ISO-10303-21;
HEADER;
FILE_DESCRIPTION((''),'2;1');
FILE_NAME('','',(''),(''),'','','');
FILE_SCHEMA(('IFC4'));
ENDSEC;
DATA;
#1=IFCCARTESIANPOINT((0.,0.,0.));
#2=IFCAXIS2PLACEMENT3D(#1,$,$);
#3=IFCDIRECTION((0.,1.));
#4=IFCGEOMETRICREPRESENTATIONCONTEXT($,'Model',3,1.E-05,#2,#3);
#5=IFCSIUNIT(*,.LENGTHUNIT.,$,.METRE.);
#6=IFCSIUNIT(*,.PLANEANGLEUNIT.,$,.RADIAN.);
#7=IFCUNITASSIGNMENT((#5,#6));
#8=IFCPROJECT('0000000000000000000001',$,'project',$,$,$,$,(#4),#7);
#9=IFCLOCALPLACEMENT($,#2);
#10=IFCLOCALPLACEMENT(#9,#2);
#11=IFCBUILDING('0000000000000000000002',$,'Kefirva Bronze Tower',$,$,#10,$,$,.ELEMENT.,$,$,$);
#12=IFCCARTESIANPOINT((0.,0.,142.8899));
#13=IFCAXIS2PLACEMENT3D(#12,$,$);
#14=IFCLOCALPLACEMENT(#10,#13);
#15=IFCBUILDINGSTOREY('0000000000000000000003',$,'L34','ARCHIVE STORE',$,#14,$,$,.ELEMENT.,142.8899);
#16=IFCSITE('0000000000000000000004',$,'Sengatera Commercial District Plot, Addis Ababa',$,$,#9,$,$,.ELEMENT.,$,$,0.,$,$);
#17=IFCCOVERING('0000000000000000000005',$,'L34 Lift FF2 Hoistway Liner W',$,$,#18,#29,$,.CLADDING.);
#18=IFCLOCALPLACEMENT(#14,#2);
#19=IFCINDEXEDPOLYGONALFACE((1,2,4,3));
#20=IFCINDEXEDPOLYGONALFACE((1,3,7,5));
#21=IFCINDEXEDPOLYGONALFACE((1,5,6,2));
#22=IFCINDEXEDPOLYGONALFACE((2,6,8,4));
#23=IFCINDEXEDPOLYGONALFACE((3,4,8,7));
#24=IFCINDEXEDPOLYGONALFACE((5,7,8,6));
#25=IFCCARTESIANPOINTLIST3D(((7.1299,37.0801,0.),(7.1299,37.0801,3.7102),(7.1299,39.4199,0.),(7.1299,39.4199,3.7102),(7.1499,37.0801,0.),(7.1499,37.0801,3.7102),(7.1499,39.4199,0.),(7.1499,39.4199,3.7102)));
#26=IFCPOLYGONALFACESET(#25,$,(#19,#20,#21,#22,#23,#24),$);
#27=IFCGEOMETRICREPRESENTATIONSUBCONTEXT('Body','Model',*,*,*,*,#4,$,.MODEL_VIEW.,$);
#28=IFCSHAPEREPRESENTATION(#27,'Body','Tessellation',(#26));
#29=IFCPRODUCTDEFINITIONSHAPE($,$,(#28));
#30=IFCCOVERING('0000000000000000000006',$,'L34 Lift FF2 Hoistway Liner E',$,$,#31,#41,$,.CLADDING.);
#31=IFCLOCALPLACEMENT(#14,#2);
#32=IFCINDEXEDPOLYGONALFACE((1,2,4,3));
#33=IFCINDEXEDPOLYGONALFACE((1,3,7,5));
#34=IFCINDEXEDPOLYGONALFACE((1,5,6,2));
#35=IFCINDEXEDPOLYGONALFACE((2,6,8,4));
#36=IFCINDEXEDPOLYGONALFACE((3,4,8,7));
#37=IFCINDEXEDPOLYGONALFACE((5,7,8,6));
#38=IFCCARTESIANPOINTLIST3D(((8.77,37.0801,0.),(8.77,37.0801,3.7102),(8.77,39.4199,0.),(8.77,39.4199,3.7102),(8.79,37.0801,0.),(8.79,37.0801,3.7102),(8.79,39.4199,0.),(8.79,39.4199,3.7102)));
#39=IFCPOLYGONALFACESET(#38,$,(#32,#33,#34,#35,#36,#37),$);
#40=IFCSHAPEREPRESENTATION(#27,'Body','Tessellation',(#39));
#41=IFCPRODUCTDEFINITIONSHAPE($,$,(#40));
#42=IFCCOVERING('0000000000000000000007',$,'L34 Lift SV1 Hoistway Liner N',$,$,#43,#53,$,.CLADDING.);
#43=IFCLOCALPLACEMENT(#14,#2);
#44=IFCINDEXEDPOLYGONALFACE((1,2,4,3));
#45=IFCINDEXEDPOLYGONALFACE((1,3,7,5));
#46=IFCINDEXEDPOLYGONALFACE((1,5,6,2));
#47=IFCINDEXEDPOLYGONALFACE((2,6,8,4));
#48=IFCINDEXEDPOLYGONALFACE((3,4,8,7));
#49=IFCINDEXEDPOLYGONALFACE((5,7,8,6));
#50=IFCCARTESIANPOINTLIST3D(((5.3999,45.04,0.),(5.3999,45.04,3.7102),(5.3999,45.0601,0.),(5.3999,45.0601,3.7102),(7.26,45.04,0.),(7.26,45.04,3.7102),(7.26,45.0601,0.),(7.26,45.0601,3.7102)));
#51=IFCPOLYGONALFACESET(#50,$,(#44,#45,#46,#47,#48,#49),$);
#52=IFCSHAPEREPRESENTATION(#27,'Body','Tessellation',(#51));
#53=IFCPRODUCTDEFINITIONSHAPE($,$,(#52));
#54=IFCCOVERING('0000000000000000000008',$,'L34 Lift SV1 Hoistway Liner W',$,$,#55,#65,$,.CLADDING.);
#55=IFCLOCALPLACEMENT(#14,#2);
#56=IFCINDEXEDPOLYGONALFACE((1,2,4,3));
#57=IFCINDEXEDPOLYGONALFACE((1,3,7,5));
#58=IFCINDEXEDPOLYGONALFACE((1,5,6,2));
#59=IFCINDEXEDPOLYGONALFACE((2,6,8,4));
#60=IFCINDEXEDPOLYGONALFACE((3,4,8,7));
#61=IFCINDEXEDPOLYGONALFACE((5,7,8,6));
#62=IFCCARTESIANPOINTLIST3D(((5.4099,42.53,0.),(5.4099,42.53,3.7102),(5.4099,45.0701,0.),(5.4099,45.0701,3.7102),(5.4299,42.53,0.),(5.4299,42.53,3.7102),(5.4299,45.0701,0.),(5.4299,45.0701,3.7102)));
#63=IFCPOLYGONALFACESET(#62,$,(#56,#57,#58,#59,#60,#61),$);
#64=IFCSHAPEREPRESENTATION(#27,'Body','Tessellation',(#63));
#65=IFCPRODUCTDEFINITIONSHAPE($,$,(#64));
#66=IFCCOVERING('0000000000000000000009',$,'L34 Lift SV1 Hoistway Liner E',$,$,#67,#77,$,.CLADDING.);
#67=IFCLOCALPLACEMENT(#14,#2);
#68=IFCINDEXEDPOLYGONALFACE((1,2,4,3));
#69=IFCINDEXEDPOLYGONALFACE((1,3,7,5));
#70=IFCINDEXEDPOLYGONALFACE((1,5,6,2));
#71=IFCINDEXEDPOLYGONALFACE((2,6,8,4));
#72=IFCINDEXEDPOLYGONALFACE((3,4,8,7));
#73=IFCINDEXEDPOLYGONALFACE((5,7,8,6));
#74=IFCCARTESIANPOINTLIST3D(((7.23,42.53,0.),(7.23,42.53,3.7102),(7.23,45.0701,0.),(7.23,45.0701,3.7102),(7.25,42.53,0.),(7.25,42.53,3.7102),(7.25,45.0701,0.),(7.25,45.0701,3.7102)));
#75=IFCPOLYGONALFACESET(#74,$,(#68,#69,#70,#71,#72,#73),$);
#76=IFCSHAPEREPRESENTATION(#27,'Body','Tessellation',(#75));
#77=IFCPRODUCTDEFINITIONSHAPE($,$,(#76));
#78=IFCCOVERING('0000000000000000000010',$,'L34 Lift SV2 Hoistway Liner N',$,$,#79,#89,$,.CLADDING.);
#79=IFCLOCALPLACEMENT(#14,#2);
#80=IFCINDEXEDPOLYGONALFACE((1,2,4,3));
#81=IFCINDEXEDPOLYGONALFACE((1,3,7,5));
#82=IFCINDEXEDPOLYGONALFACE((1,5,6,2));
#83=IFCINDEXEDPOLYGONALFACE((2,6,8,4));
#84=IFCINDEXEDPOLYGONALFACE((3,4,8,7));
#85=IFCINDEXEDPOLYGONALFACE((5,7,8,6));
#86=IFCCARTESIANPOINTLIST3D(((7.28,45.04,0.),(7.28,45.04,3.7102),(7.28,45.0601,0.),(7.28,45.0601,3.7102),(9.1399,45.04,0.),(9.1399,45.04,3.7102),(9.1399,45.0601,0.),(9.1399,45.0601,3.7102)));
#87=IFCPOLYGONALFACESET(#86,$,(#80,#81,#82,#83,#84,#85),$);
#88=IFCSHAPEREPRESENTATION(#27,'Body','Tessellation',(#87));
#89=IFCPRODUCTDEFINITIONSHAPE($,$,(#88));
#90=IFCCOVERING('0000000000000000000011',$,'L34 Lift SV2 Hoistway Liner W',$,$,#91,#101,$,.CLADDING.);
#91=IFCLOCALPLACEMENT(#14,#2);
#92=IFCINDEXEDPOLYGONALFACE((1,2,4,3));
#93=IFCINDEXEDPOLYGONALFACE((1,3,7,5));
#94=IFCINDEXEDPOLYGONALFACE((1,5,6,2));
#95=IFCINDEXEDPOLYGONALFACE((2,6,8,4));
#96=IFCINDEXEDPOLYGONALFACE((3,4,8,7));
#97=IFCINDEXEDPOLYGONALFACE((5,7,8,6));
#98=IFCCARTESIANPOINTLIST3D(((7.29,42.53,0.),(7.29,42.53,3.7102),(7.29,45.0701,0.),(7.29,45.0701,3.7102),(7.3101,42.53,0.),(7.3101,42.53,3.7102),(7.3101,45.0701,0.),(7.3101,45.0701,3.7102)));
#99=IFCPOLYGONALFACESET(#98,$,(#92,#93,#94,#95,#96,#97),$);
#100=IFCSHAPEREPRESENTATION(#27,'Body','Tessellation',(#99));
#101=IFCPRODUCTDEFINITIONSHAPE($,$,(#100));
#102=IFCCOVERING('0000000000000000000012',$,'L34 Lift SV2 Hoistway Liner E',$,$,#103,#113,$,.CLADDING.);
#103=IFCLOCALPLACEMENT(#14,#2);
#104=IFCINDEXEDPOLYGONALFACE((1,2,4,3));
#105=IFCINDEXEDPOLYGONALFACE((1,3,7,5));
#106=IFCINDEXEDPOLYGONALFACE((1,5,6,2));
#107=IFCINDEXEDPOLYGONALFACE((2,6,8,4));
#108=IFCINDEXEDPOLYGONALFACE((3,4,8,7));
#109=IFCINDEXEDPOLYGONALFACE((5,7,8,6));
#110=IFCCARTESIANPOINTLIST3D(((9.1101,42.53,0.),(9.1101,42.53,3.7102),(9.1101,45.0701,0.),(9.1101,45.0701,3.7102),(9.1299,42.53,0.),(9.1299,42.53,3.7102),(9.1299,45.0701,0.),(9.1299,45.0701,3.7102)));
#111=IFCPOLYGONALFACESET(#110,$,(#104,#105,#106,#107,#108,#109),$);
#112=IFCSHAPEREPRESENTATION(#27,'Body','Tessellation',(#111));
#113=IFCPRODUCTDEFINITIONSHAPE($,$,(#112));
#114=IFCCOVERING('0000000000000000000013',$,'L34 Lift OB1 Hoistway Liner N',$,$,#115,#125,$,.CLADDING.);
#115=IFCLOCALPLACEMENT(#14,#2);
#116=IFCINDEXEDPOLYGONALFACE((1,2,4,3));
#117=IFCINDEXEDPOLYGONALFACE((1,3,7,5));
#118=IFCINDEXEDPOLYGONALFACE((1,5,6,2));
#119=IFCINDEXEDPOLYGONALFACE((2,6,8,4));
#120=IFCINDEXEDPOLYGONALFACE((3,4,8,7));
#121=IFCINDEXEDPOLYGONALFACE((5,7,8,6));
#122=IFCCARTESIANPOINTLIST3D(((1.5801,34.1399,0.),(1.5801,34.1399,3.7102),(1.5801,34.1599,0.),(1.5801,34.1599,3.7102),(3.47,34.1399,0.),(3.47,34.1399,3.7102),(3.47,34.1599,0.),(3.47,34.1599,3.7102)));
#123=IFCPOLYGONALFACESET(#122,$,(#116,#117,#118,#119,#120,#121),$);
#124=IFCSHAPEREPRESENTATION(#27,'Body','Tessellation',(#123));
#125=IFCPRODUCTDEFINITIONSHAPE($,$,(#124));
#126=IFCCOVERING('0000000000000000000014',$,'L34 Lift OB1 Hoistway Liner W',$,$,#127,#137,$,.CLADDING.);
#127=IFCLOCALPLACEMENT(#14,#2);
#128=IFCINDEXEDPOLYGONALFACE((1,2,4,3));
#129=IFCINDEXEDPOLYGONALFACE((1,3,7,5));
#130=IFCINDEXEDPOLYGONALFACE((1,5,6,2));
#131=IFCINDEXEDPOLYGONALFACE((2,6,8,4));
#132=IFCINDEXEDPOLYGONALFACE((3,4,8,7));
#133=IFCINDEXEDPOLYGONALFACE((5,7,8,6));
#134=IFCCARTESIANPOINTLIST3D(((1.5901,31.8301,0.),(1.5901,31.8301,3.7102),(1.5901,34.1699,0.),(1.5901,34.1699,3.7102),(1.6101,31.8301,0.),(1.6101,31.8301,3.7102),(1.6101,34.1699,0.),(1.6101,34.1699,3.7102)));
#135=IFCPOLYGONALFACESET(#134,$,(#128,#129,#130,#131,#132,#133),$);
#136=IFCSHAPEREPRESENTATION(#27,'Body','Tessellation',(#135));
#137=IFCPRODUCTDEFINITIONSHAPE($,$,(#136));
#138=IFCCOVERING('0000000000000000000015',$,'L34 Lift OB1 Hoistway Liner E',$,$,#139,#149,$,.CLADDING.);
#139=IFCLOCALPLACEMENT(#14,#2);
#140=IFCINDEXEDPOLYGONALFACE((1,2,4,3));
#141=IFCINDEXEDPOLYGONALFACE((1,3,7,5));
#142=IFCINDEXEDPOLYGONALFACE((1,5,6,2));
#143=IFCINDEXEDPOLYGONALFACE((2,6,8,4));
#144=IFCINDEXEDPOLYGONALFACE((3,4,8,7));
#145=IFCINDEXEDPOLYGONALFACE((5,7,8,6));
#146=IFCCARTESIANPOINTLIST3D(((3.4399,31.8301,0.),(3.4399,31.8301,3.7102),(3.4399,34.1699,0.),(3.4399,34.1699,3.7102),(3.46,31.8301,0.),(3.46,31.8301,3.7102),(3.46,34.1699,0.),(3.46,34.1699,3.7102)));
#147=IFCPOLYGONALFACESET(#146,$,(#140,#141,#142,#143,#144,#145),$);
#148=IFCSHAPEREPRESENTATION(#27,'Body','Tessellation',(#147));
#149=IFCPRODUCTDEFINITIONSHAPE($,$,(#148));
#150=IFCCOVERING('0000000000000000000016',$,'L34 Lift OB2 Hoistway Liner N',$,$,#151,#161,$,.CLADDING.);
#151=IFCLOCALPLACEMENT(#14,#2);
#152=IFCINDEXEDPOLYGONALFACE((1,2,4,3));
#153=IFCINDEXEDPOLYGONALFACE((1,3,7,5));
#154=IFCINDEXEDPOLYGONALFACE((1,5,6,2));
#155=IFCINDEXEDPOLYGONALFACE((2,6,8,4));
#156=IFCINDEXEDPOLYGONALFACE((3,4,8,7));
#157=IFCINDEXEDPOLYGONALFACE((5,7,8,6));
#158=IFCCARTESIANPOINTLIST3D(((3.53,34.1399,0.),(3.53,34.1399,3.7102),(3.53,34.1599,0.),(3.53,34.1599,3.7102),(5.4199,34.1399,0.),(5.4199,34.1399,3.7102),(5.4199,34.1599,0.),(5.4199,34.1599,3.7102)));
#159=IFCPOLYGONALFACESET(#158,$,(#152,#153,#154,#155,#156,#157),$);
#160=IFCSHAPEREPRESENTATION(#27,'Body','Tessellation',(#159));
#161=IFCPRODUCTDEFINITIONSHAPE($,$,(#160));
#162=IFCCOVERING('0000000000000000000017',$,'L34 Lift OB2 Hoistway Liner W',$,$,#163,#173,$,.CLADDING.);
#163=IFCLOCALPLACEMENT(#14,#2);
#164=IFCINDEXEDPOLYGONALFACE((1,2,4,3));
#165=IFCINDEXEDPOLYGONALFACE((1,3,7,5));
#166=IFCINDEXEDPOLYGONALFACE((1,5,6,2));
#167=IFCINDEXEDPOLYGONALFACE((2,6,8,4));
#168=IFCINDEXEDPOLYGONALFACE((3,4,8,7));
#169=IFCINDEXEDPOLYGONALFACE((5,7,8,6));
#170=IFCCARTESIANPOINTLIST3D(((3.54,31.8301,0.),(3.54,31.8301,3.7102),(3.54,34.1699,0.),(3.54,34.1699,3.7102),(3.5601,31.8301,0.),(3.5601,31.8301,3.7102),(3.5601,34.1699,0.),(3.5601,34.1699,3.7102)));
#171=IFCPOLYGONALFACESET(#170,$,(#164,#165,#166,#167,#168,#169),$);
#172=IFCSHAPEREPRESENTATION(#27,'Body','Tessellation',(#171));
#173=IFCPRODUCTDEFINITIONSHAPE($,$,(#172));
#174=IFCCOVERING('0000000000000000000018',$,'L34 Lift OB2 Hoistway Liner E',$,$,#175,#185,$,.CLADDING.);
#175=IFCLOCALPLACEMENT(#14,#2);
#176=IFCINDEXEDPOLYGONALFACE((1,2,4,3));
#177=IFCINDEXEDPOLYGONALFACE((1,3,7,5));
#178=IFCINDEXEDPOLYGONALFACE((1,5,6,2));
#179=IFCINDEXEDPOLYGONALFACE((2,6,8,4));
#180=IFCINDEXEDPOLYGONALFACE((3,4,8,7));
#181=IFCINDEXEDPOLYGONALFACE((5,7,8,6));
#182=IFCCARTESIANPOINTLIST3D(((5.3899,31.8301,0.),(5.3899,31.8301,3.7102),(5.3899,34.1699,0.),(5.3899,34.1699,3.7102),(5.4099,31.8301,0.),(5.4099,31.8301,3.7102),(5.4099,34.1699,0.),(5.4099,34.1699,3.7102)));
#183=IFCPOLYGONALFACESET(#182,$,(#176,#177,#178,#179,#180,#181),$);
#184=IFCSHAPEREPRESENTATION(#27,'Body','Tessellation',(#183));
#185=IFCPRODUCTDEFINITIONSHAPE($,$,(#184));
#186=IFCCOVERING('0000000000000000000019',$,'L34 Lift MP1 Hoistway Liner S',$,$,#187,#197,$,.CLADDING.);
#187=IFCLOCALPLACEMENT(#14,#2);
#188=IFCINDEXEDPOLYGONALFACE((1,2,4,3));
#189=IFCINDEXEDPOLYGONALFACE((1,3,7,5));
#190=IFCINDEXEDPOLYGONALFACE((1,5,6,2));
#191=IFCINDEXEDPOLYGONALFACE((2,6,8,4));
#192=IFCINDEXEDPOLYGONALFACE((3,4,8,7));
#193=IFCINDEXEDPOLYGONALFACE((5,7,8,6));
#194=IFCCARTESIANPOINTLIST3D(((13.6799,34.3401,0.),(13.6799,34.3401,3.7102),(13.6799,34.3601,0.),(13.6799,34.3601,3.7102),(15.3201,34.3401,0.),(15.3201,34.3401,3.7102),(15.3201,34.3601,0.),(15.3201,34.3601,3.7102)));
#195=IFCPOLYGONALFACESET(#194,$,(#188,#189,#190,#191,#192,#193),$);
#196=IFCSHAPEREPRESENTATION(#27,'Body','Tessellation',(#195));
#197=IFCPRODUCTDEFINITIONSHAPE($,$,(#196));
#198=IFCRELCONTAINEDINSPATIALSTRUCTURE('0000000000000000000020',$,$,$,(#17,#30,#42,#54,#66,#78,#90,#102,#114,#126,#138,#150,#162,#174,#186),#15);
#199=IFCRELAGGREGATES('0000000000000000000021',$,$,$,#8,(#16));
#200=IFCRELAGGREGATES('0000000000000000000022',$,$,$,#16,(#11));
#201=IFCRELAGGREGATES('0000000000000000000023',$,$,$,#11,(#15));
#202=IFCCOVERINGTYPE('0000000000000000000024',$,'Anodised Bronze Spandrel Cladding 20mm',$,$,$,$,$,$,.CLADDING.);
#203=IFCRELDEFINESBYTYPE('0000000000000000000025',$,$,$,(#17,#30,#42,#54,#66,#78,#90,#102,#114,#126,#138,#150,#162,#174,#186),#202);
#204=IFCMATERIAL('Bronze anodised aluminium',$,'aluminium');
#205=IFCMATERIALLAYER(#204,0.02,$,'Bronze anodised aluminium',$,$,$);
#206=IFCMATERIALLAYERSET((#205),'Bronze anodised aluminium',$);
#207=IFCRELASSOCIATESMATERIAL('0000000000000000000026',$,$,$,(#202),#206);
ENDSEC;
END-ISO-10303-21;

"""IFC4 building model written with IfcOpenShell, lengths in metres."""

from ifc_helpers import new_model, si_unit, direction, frame, origin, place, context, subcontext, project, spatial, polyline, outline, extrude, material, layer, layer_set, type_object, element, save


model = new_model("IFC4")

# Units and contexts
model_context = context("Model", 3, precision=1e-05, world=origin(), true_north=direction((0.0, 1.0)))
body_context = subcontext(model_context, "Body", "Model", "MODEL_VIEW")
ifc_project = project(units=[si_unit("LENGTHUNIT", "METRE"), si_unit("PLANEANGLEUNIT", "RADIAN")], contexts=[model_context])

# Site, building, storey
site_placement = place(None, origin())
site = spatial("IfcSite", under=ifc_project, at=site_placement, Name="Sengatera Commercial District Plot, Addis Ababa", CompositionType="ELEMENT", RefElevation=0.0)
building_placement = place(site_placement, origin())
building = spatial("IfcBuilding", under=site, at=building_placement, Name="Kefirva Bronze Tower", CompositionType="ELEMENT")
storey_placement = place(building_placement, frame((0.0, 0.0, 142.8899)))
storey = spatial("IfcBuildingStorey", under=building, at=storey_placement, Name="L34", Description="ARCHIVE STORE", CompositionType="ELEMENT", Elevation=142.8899)

# Coverings
ifc_material_1 = material(Name="Bronze anodised aluminium", Category="aluminium")
ifc_layer_1 = layer(ifc_material_1, 0.02, Name="Bronze anodised aluminium")
ifc_layer_set_1 = layer_set([ifc_layer_1], Name="Bronze anodised aluminium")
covering_type = type_object("IfcCoveringType", Name="Anodised Bronze Spandrel Cladding 20mm", PredefinedType="CLADDING", material=ifc_layer_set_1)
covering_1_placement = place(storey_placement, origin())
element("IfcCovering", 1, at=covering_1_placement, inside=storey, type_object=covering_type, Name="L34 Lift FF2 Hoistway Liner W", PredefinedType="CLADDING", context=body_context, shape_type="SweptSolid", body=[
    extrude(outline(polyline([(7.1299, 37.0801), (7.1499, 37.0801), (7.1499, 39.4199), (7.1299, 39.4199), (7.1299, 37.0801)])), origin(), (0.0, 0.0, 1.0), 3.7102),
])
covering_2_placement = place(storey_placement, origin())
element("IfcCovering", 2, at=covering_2_placement, inside=storey, type_object=covering_type, Name="L34 Lift FF2 Hoistway Liner E", PredefinedType="CLADDING", context=body_context, shape_type="SweptSolid", body=[
    extrude(outline(polyline([(8.77, 37.0801), (8.79, 37.0801), (8.79, 39.4199), (8.77, 39.4199), (8.77, 37.0801)])), origin(), (0.0, 0.0, 1.0), 3.7102),
])
covering_3_placement = place(storey_placement, origin())
element("IfcCovering", 3, at=covering_3_placement, inside=storey, type_object=covering_type, Name="L34 Lift SV1 Hoistway Liner N", PredefinedType="CLADDING", context=body_context, shape_type="SweptSolid", body=[
    extrude(outline(polyline([(5.3999, 45.04), (7.26, 45.04), (7.26, 45.0601), (5.3999, 45.0601), (5.3999, 45.04)])), origin(), (0.0, 0.0, 1.0), 3.7102),
])
covering_4_placement = place(storey_placement, origin())
element("IfcCovering", 4, at=covering_4_placement, inside=storey, type_object=covering_type, Name="L34 Lift SV1 Hoistway Liner W", PredefinedType="CLADDING", context=body_context, shape_type="SweptSolid", body=[
    extrude(outline(polyline([(5.4099, 42.53), (5.4299, 42.53), (5.4299, 45.0701), (5.4099, 45.0701), (5.4099, 42.53)])), origin(), (0.0, 0.0, 1.0), 3.7102),
])
covering_5_placement = place(storey_placement, origin())
element("IfcCovering", 5, at=covering_5_placement, inside=storey, type_object=covering_type, Name="L34 Lift SV1 Hoistway Liner E", PredefinedType="CLADDING", context=body_context, shape_type="SweptSolid", body=[
    extrude(outline(polyline([(7.23, 42.53), (7.25, 42.53), (7.25, 45.0701), (7.23, 45.0701), (7.23, 42.53)])), origin(), (0.0, 0.0, 1.0), 3.7102),
])
covering_6_placement = place(storey_placement, origin())
element("IfcCovering", 6, at=covering_6_placement, inside=storey, type_object=covering_type, Name="L34 Lift SV2 Hoistway Liner N", PredefinedType="CLADDING", context=body_context, shape_type="SweptSolid", body=[
    extrude(outline(polyline([(7.28, 45.04), (9.1399, 45.04), (9.1399, 45.0601), (7.28, 45.0601), (7.28, 45.04)])), origin(), (0.0, 0.0, 1.0), 3.7102),
])
covering_7_placement = place(storey_placement, origin())
element("IfcCovering", 7, at=covering_7_placement, inside=storey, type_object=covering_type, Name="L34 Lift SV2 Hoistway Liner W", PredefinedType="CLADDING", context=body_context, shape_type="SweptSolid", body=[
    extrude(outline(polyline([(7.29, 42.53), (7.3101, 42.53), (7.3101, 45.0701), (7.29, 45.0701), (7.29, 42.53)])), origin(), (0.0, 0.0, 1.0), 3.7102),
])
covering_8_placement = place(storey_placement, origin())
element("IfcCovering", 8, at=covering_8_placement, inside=storey, type_object=covering_type, Name="L34 Lift SV2 Hoistway Liner E", PredefinedType="CLADDING", context=body_context, shape_type="SweptSolid", body=[
    extrude(outline(polyline([(9.1101, 42.53), (9.1299, 42.53), (9.1299, 45.0701), (9.1101, 45.0701), (9.1101, 42.53)])), origin(), (0.0, 0.0, 1.0), 3.7102),
])
covering_9_placement = place(storey_placement, origin())
element("IfcCovering", 9, at=covering_9_placement, inside=storey, type_object=covering_type, Name="L34 Lift OB1 Hoistway Liner N", PredefinedType="CLADDING", context=body_context, shape_type="SweptSolid", body=[
    extrude(outline(polyline([(1.5801, 34.1399), (3.47, 34.1399), (3.47, 34.1599), (1.5801, 34.1599), (1.5801, 34.1399)])), origin(), (0.0, 0.0, 1.0), 3.7102),
])
covering_10_placement = place(storey_placement, origin())
element("IfcCovering", 10, at=covering_10_placement, inside=storey, type_object=covering_type, Name="L34 Lift OB1 Hoistway Liner W", PredefinedType="CLADDING", context=body_context, shape_type="SweptSolid", body=[
    extrude(outline(polyline([(1.5901, 31.8301), (1.6101, 31.8301), (1.6101, 34.1699), (1.5901, 34.1699), (1.5901, 31.8301)])), origin(), (0.0, 0.0, 1.0), 3.7102),
])
covering_11_placement = place(storey_placement, origin())
element("IfcCovering", 11, at=covering_11_placement, inside=storey, type_object=covering_type, Name="L34 Lift OB1 Hoistway Liner E", PredefinedType="CLADDING", context=body_context, shape_type="SweptSolid", body=[
    extrude(outline(polyline([(3.4399, 31.8301), (3.46, 31.8301), (3.46, 34.1699), (3.4399, 34.1699), (3.4399, 31.8301)])), origin(), (0.0, 0.0, 1.0), 3.7102),
])
covering_12_placement = place(storey_placement, origin())
element("IfcCovering", 12, at=covering_12_placement, inside=storey, type_object=covering_type, Name="L34 Lift OB2 Hoistway Liner N", PredefinedType="CLADDING", context=body_context, shape_type="SweptSolid", body=[
    extrude(outline(polyline([(3.53, 34.1399), (5.4199, 34.1399), (5.4199, 34.1599), (3.53, 34.1599), (3.53, 34.1399)])), origin(), (0.0, 0.0, 1.0), 3.7102),
])
covering_13_placement = place(storey_placement, origin())
element("IfcCovering", 13, at=covering_13_placement, inside=storey, type_object=covering_type, Name="L34 Lift OB2 Hoistway Liner W", PredefinedType="CLADDING", context=body_context, shape_type="SweptSolid", body=[
    extrude(outline(polyline([(3.54, 31.8301), (3.5601, 31.8301), (3.5601, 34.1699), (3.54, 34.1699), (3.54, 31.8301)])), origin(), (0.0, 0.0, 1.0), 3.7102),
])
covering_14_placement = place(storey_placement, origin())
element("IfcCovering", 14, at=covering_14_placement, inside=storey, type_object=covering_type, Name="L34 Lift OB2 Hoistway Liner E", PredefinedType="CLADDING", context=body_context, shape_type="SweptSolid", body=[
    extrude(outline(polyline([(5.3899, 31.8301), (5.4099, 31.8301), (5.4099, 34.1699), (5.3899, 34.1699), (5.3899, 31.8301)])), origin(), (0.0, 0.0, 1.0), 3.7102),
])
covering_15_placement = place(storey_placement, origin())
element("IfcCovering", 15, at=covering_15_placement, inside=storey, type_object=covering_type, Name="L34 Lift MP1 Hoistway Liner S", PredefinedType="CLADDING", context=body_context, shape_type="SweptSolid", body=[
    extrude(outline(polyline([(13.6799, 34.3401), (15.3201, 34.3401), (15.3201, 34.3601), (13.6799, 34.3601), (13.6799, 34.3401)])), origin(), (0.0, 0.0, 1.0), 3.7102),
])

save(model, "model.ifc")
